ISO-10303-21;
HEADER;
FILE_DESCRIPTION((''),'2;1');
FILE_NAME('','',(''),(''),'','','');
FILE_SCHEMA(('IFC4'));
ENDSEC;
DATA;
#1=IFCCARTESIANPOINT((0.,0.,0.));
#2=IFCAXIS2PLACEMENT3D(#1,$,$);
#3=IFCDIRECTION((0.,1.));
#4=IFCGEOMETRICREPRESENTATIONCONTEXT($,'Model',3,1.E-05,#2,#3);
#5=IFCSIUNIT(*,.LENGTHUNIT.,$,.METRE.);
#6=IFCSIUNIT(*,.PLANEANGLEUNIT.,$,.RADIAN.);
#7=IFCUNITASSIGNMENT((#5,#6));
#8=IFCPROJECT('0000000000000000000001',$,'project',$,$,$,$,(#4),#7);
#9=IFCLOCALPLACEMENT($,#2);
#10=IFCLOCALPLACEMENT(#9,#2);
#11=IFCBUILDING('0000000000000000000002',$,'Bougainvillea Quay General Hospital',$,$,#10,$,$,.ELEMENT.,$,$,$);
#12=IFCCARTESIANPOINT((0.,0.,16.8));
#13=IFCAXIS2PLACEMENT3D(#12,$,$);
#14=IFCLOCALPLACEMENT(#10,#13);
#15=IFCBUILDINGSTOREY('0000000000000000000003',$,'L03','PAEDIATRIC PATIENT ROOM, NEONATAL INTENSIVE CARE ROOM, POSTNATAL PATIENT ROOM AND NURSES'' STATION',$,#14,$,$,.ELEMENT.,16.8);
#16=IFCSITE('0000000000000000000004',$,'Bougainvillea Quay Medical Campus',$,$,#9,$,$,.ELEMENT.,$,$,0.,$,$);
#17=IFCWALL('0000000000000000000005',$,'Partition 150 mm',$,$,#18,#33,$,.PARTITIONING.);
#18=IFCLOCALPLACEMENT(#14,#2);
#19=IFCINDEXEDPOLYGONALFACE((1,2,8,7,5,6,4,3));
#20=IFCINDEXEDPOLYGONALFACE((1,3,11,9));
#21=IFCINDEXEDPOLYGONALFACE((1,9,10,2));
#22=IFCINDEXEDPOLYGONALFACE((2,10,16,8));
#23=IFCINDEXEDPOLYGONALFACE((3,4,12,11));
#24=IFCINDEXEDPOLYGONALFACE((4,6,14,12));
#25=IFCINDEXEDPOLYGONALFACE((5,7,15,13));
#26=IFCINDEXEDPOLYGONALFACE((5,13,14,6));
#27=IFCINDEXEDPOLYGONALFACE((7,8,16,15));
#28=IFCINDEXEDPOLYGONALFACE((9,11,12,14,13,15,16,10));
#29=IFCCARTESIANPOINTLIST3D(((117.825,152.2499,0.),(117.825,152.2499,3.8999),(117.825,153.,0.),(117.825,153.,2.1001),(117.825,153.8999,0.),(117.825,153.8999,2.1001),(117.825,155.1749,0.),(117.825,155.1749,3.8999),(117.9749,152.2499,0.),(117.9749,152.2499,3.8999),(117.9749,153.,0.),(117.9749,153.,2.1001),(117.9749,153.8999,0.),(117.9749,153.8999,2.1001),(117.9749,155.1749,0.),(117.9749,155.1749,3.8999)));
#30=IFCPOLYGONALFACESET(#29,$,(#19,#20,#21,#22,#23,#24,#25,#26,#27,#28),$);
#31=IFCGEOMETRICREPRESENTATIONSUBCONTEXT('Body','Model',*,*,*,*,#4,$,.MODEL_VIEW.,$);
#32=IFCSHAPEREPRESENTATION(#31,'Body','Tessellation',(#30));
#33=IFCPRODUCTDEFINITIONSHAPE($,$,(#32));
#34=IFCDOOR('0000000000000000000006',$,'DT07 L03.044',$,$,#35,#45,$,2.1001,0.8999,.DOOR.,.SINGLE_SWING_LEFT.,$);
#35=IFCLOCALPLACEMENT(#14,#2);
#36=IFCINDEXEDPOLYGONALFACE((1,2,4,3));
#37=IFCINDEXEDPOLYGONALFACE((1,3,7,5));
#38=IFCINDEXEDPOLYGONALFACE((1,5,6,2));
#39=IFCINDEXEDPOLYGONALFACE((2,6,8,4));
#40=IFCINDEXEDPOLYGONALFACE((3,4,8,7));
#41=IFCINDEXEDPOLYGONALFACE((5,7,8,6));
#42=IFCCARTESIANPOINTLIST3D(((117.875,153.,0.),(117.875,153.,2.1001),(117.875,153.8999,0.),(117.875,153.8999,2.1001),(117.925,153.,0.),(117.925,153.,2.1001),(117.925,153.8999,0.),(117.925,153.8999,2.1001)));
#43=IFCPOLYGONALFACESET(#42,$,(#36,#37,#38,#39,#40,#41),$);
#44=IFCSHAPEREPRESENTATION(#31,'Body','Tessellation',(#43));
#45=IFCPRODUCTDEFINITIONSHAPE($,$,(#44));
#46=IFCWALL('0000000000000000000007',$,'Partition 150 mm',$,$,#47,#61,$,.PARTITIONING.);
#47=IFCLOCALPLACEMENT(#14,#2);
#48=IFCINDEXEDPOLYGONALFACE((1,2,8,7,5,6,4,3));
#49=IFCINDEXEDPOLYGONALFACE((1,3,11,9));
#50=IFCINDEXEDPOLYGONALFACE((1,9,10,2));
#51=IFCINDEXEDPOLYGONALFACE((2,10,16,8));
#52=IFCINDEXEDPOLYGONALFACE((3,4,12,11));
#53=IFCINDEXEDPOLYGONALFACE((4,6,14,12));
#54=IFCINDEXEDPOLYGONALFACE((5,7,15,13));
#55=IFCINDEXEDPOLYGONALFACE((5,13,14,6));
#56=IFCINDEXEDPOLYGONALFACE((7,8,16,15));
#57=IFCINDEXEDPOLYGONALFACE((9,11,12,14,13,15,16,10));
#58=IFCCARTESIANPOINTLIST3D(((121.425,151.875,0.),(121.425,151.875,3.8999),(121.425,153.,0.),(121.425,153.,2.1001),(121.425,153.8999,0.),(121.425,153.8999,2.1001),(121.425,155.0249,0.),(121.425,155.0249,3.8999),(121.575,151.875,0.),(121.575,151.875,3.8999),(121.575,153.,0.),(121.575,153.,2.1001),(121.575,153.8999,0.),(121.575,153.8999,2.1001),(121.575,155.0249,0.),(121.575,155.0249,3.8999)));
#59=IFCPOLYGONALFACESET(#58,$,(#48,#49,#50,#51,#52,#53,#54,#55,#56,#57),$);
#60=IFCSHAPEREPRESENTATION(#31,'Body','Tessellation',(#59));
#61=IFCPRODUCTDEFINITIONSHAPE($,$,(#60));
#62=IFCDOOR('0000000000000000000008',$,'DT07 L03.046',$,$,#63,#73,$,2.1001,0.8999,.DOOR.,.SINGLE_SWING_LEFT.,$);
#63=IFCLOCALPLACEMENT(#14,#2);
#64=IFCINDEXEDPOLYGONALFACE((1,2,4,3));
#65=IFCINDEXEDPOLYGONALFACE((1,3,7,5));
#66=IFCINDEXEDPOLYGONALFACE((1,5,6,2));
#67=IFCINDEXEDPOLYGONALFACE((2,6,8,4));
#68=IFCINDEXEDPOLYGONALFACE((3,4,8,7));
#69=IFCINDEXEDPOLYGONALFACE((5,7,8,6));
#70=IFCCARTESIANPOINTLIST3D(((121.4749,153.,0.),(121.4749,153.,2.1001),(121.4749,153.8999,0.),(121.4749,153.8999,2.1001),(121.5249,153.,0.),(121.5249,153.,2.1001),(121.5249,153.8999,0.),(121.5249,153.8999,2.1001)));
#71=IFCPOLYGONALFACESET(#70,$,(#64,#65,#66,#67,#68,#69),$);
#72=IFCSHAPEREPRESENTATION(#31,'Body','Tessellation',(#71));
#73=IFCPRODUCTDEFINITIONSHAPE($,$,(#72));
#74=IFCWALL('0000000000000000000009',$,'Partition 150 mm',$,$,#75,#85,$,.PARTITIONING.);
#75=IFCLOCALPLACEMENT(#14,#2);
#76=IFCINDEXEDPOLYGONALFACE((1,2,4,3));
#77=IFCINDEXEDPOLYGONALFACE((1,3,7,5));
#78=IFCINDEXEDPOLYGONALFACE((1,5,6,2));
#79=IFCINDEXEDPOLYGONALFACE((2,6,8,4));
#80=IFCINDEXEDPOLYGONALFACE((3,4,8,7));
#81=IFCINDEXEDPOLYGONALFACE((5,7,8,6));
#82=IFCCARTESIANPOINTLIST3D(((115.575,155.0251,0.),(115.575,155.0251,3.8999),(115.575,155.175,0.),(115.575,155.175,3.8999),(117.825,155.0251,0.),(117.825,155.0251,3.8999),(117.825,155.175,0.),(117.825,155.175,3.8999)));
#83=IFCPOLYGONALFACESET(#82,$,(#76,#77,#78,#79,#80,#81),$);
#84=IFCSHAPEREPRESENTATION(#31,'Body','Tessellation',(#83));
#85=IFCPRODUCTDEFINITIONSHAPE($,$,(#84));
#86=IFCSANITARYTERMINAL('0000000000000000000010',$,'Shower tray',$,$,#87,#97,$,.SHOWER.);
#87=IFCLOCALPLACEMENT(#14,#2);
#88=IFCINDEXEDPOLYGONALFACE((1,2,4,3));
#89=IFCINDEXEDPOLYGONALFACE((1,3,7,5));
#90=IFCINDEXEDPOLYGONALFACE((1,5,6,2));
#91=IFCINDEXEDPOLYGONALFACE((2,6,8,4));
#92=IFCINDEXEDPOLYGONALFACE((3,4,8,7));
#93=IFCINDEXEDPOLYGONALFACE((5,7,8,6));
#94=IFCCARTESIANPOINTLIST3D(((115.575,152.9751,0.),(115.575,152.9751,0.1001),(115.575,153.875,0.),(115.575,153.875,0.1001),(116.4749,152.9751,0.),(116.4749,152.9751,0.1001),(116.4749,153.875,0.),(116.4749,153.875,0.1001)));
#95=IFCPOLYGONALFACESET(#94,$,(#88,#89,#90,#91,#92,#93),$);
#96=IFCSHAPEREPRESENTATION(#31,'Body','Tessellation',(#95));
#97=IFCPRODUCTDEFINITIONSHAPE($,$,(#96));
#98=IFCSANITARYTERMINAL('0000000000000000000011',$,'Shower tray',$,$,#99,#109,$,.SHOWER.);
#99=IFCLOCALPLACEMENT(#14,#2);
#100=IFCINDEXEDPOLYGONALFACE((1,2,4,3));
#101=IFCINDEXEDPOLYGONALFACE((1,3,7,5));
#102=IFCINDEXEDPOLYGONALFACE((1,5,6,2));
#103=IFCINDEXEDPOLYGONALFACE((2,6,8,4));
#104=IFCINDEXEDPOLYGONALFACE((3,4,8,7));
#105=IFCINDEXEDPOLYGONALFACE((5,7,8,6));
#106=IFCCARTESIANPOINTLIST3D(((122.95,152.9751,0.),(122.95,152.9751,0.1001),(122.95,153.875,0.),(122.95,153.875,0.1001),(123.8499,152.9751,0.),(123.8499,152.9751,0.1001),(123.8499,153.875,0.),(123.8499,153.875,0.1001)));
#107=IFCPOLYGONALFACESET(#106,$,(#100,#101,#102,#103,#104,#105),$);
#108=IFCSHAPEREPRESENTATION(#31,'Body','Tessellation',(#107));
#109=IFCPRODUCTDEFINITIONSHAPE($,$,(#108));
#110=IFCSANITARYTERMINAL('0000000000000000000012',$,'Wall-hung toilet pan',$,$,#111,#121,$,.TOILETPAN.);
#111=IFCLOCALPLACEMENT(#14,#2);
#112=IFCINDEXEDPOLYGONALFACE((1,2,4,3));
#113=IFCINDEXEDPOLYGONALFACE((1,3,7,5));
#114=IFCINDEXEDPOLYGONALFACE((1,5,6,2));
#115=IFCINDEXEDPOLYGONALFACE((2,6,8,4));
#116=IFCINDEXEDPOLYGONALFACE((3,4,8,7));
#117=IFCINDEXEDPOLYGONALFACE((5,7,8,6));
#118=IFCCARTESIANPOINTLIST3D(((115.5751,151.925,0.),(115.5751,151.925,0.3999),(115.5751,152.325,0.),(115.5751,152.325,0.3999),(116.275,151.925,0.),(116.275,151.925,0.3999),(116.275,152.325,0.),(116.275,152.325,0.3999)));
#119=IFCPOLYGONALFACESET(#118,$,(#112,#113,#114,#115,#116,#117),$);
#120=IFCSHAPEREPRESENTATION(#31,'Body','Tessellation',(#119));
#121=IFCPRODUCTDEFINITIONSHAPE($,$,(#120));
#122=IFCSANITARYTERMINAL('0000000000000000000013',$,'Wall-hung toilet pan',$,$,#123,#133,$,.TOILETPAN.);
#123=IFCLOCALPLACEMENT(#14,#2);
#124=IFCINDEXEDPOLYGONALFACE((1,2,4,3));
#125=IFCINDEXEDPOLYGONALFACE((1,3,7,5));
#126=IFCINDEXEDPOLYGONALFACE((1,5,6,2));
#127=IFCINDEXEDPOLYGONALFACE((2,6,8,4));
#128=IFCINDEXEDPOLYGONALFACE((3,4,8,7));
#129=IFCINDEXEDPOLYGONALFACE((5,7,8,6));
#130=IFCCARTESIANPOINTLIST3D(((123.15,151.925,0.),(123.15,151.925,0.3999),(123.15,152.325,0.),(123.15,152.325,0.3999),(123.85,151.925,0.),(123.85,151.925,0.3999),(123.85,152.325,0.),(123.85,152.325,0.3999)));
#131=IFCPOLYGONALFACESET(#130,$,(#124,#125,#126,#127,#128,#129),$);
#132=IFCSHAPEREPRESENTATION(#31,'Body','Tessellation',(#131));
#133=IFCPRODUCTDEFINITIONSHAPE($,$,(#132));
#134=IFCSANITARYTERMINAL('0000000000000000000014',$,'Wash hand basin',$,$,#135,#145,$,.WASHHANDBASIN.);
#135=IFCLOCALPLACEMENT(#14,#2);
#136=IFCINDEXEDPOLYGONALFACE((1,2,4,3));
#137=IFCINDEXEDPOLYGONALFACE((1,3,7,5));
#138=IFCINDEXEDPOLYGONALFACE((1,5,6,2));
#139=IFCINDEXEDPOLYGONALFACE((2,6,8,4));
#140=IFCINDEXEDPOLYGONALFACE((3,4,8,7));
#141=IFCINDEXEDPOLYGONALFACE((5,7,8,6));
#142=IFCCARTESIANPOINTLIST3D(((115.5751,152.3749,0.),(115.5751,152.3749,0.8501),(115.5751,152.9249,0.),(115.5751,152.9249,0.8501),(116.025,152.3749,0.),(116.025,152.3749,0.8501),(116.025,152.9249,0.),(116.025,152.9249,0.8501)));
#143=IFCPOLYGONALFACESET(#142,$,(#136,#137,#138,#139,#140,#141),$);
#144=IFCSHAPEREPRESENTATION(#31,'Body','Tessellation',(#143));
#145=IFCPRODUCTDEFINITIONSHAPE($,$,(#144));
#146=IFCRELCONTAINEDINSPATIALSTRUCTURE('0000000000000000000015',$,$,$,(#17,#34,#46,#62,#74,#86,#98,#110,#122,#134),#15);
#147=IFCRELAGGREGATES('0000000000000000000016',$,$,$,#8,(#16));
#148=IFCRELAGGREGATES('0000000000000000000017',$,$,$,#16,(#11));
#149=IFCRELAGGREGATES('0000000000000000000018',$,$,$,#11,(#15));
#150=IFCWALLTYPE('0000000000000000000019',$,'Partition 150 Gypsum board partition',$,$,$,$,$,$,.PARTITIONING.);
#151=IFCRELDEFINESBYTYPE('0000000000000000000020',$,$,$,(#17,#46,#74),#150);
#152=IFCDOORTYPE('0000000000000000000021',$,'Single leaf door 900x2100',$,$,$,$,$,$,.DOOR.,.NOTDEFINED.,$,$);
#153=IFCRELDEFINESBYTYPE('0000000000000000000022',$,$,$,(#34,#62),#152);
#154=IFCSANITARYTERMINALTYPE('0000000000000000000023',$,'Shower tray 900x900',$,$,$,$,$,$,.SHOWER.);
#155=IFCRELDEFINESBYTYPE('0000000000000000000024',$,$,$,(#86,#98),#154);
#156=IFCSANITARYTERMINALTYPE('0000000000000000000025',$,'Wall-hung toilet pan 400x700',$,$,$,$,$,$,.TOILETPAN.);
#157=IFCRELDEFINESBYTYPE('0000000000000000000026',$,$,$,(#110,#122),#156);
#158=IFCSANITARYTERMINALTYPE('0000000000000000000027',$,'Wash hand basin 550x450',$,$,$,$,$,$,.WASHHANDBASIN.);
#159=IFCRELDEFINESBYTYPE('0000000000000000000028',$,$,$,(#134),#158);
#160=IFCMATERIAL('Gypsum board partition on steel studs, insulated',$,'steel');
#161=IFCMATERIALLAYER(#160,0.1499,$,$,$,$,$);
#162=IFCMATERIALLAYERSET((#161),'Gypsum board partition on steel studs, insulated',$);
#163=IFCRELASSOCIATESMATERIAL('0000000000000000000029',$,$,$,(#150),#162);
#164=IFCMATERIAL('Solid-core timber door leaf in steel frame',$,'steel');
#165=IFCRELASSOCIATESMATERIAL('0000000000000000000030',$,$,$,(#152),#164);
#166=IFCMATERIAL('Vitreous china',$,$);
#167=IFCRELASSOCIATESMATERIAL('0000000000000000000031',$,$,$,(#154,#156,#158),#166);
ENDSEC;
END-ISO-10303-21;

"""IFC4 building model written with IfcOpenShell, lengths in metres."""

from ifc_helpers import new_model, si_unit, direction, frame, frame_2d, origin, origin_2d, place, context, subcontext, project, spatial, rectangle, extrude, material, layer, layer_set, type_object, element, fill, save


model = new_model("IFC4")

# Units and contexts
model_context = context("Model", 3, precision=1e-05, world=origin(), true_north=direction((0.0, 1.0)))
body_context = subcontext(model_context, "Body", "Model", "MODEL_VIEW")
ifc_project = project(units=[si_unit("LENGTHUNIT", "METRE"), si_unit("PLANEANGLEUNIT", "RADIAN")], contexts=[model_context])

# Site, building, storey
site_placement = place(None, origin())
site = spatial("IfcSite", under=ifc_project, at=site_placement, Name="Bougainvillea Quay Medical Campus", CompositionType="ELEMENT", RefElevation=0.0)
building_placement = place(site_placement, origin())
building = spatial("IfcBuilding", under=site, at=building_placement, Name="Bougainvillea Quay General Hospital", CompositionType="ELEMENT")
storey_placement = place(building_placement, frame((0.0, 0.0, 16.8)))
storey = spatial("IfcBuildingStorey", under=building, at=storey_placement, Name="L03", Description="PAEDIATRIC PATIENT ROOM, NEONATAL INTENSIVE CARE ROOM, POSTNATAL PATIENT ROOM AND NURSES' STATION", CompositionType="ELEMENT", Elevation=16.8)

# Shared definitions
ifc_material_1 = material(Name="Gypsum board partition on steel studs, insulated", Category="steel")
ifc_layer_1 = layer(ifc_material_1, 0.1499)
ifc_layer_set_1 = layer_set([ifc_layer_1], Name="Gypsum board partition on steel studs, insulated")
wall_type = type_object("IfcWallType", Name="Partition 150 Gypsum board partition", PredefinedType="PARTITIONING", material=ifc_layer_set_1)

# Walls, openings, doors
wall_1_placement = place(storey_placement, frame((117.8999, 152.25, 0.0), z_axis=(0.0, 0.0, 1.0), x_axis=(0.0, 1.0, 0.0)))
wall_1 = element("IfcWall", 1, at=wall_1_placement, inside=storey, type_object=wall_type, Name="Partition 150 mm", PredefinedType="PARTITIONING", context=body_context, shape_type="SweptSolid", body=[
    extrude(rectangle(XDim=2.925, YDim=0.1499, at=frame_2d((1.4624, 0.0))), origin(), (0.0, 0.0, 1.0), 3.8999),
])
opening_1_placement = place(wall_1_placement, frame((0.75, 0.0, 0.0)))
opening_1 = element("IfcOpeningElement", 2, at=opening_1_placement, cuts=wall_1, PredefinedType="OPENING", context=body_context, shape_type="SweptSolid", body=[
    extrude(rectangle(XDim=0.8999, YDim=2.1001, at=frame_2d((0.45, 1.05))), frame((0.0, 0.085, 0.0), z_axis=(0.0, -1.0, 0.0), x_axis=(1.0, 0.0, 0.0)), (0.0, 0.0, 1.0), 0.1699),
])
ifc_material_2 = material(Name="Solid-core timber door leaf in steel frame", Category="steel")
door_type = type_object("IfcDoorType", Name="Single leaf door 900x2100", OperationType="NOTDEFINED", PredefinedType="DOOR", material=ifc_material_2)
door_1_placement = place(opening_1_placement, origin())
door_1 = element("IfcDoor", 3, at=door_1_placement, inside=storey, type_object=door_type, Name="DT07 L03.044", OperationType="SINGLE_SWING_LEFT", OverallHeight=2.1001, OverallWidth=0.8999, PredefinedType="DOOR", context=body_context, shape_type="SweptSolid", body=[
    extrude(rectangle(XDim=0.8999, YDim=2.1001, at=frame_2d((0.45, 1.05))), frame((0.0, 0.0249, 0.0), z_axis=(0.0, -1.0, 0.0), x_axis=(1.0, 0.0, 0.0)), (0.0, 0.0, 1.0), 0.05),
])
fill(opening_1, door_1)
wall_2_placement = place(storey_placement, frame((121.5, 151.875, 0.0), z_axis=(0.0, 0.0, 1.0), x_axis=(0.0, 1.0, 0.0)))
wall_2 = element("IfcWall", 4, at=wall_2_placement, inside=storey, type_object=wall_type, Name="Partition 150 mm", PredefinedType="PARTITIONING", context=body_context, shape_type="SweptSolid", body=[
    extrude(rectangle(XDim=3.1499, YDim=0.1499, at=frame_2d((1.575, 0.0))), origin(), (0.0, 0.0, 1.0), 3.8999),
])
opening_2_placement = place(wall_2_placement, frame((1.125, 0.0, 0.0)))
opening_2 = element("IfcOpeningElement", 5, at=opening_2_placement, cuts=wall_2, PredefinedType="OPENING", context=body_context, shape_type="SweptSolid", body=[
    extrude(rectangle(XDim=0.8999, YDim=2.1001, at=frame_2d((0.45, 1.05))), frame((0.0, 0.085, 0.0), z_axis=(0.0, -1.0, 0.0), x_axis=(1.0, 0.0, 0.0)), (0.0, 0.0, 1.0), 0.1699),
])
door_2_placement = place(opening_2_placement, frame((0.8999, 0.0, 0.0), z_axis=(0.0, 0.0, 1.0), x_axis=(-1.0, 0.0, 0.0)))
door_2 = element("IfcDoor", 6, at=door_2_placement, inside=storey, type_object=door_type, Name="DT07 L03.046", OperationType="SINGLE_SWING_LEFT", OverallHeight=2.1001, OverallWidth=0.8999, PredefinedType="DOOR", context=body_context, shape_type="SweptSolid", body=[
    extrude(rectangle(XDim=0.8999, YDim=2.1001, at=frame_2d((0.45, 1.05))), frame((0.0, 0.0249, 0.0), z_axis=(0.0, -1.0, 0.0), x_axis=(1.0, 0.0, 0.0)), (0.0, 0.0, 1.0), 0.05),
])
fill(opening_2, door_2)

# Wall
wall_3_placement = place(storey_placement, frame((115.575, 155.1001, 0.0), z_axis=(0.0, 0.0, 1.0), x_axis=(1.0, 0.0, 0.0)))
element("IfcWall", 7, at=wall_3_placement, inside=storey, type_object=wall_type, Name="Partition 150 mm", PredefinedType="PARTITIONING", context=body_context, shape_type="SweptSolid", body=[
    extrude(rectangle(XDim=2.25, YDim=0.1499, at=frame_2d((1.125, 0.0))), origin(), (0.0, 0.0, 1.0), 3.8999),
])

# Sanitary terminals
ifc_material_3 = material(Name="Vitreous china")
sanitary_terminal_type_1 = type_object("IfcSanitaryTerminalType", Name="Shower tray 900x900", PredefinedType="SHOWER", material=ifc_material_3)
for number, where, z_axis, x_axis, name in (
    (8, (116.0249, 153.425, 0.0), (0.0, 0.0, 1.0), (0.0, 1.0, 0.0), "Shower tray"),
    (9, (123.3999, 153.425, 0.0), (0.0, 0.0, 1.0), (0.0, -1.0, 0.0), "Shower tray"),
):
    element("IfcSanitaryTerminal", number, at=place(storey_placement, frame(where, z_axis=z_axis, x_axis=x_axis)), inside=storey, type_object=sanitary_terminal_type_1, Name=name, PredefinedType="SHOWER", context=body_context, shape_type="SweptSolid", body=[
        extrude(rectangle(XDim=0.8999, YDim=0.8999, at=origin_2d()), origin(), (0.0, 0.0, 1.0), 0.1001),
    ])
sanitary_terminal_type_2 = type_object("IfcSanitaryTerminalType", Name="Wall-hung toilet pan 400x700", PredefinedType="TOILETPAN", material=ifc_material_3)
for number, where, z_axis, x_axis, name in (
    (10, (115.925, 152.125, 0.0), (0.0, 0.0, 1.0), (0.0, 1.0, 0.0), "Wall-hung toilet pan"),
    (11, (123.5, 152.125, 0.0), (0.0, 0.0, 1.0), (0.0, -1.0, 0.0), "Wall-hung toilet pan"),
):
    element("IfcSanitaryTerminal", number, at=place(storey_placement, frame(where, z_axis=z_axis, x_axis=x_axis)), inside=storey, type_object=sanitary_terminal_type_2, Name=name, PredefinedType="TOILETPAN", context=body_context, shape_type="SweptSolid", body=[
        extrude(rectangle(XDim=0.3999, YDim=0.7, at=origin_2d()), origin(), (0.0, 0.0, 1.0), 0.3999),
    ])
sanitary_terminal_type_3 = type_object("IfcSanitaryTerminalType", Name="Wash hand basin 550x450", PredefinedType="WASHHANDBASIN", material=ifc_material_3)
sanitary_terminal_placement = place(storey_placement, frame((115.8, 152.6499, 0.0), z_axis=(0.0, 0.0, 1.0), x_axis=(0.0, 1.0, 0.0)))
element("IfcSanitaryTerminal", 12, at=sanitary_terminal_placement, inside=storey, type_object=sanitary_terminal_type_3, Name="Wash hand basin", PredefinedType="WASHHANDBASIN", context=body_context, shape_type="SweptSolid", body=[
    extrude(rectangle(XDim=0.55, YDim=0.45, at=origin_2d()), origin(), (0.0, 0.0, 1.0), 0.8501),
])

save(model, "model.ifc")
